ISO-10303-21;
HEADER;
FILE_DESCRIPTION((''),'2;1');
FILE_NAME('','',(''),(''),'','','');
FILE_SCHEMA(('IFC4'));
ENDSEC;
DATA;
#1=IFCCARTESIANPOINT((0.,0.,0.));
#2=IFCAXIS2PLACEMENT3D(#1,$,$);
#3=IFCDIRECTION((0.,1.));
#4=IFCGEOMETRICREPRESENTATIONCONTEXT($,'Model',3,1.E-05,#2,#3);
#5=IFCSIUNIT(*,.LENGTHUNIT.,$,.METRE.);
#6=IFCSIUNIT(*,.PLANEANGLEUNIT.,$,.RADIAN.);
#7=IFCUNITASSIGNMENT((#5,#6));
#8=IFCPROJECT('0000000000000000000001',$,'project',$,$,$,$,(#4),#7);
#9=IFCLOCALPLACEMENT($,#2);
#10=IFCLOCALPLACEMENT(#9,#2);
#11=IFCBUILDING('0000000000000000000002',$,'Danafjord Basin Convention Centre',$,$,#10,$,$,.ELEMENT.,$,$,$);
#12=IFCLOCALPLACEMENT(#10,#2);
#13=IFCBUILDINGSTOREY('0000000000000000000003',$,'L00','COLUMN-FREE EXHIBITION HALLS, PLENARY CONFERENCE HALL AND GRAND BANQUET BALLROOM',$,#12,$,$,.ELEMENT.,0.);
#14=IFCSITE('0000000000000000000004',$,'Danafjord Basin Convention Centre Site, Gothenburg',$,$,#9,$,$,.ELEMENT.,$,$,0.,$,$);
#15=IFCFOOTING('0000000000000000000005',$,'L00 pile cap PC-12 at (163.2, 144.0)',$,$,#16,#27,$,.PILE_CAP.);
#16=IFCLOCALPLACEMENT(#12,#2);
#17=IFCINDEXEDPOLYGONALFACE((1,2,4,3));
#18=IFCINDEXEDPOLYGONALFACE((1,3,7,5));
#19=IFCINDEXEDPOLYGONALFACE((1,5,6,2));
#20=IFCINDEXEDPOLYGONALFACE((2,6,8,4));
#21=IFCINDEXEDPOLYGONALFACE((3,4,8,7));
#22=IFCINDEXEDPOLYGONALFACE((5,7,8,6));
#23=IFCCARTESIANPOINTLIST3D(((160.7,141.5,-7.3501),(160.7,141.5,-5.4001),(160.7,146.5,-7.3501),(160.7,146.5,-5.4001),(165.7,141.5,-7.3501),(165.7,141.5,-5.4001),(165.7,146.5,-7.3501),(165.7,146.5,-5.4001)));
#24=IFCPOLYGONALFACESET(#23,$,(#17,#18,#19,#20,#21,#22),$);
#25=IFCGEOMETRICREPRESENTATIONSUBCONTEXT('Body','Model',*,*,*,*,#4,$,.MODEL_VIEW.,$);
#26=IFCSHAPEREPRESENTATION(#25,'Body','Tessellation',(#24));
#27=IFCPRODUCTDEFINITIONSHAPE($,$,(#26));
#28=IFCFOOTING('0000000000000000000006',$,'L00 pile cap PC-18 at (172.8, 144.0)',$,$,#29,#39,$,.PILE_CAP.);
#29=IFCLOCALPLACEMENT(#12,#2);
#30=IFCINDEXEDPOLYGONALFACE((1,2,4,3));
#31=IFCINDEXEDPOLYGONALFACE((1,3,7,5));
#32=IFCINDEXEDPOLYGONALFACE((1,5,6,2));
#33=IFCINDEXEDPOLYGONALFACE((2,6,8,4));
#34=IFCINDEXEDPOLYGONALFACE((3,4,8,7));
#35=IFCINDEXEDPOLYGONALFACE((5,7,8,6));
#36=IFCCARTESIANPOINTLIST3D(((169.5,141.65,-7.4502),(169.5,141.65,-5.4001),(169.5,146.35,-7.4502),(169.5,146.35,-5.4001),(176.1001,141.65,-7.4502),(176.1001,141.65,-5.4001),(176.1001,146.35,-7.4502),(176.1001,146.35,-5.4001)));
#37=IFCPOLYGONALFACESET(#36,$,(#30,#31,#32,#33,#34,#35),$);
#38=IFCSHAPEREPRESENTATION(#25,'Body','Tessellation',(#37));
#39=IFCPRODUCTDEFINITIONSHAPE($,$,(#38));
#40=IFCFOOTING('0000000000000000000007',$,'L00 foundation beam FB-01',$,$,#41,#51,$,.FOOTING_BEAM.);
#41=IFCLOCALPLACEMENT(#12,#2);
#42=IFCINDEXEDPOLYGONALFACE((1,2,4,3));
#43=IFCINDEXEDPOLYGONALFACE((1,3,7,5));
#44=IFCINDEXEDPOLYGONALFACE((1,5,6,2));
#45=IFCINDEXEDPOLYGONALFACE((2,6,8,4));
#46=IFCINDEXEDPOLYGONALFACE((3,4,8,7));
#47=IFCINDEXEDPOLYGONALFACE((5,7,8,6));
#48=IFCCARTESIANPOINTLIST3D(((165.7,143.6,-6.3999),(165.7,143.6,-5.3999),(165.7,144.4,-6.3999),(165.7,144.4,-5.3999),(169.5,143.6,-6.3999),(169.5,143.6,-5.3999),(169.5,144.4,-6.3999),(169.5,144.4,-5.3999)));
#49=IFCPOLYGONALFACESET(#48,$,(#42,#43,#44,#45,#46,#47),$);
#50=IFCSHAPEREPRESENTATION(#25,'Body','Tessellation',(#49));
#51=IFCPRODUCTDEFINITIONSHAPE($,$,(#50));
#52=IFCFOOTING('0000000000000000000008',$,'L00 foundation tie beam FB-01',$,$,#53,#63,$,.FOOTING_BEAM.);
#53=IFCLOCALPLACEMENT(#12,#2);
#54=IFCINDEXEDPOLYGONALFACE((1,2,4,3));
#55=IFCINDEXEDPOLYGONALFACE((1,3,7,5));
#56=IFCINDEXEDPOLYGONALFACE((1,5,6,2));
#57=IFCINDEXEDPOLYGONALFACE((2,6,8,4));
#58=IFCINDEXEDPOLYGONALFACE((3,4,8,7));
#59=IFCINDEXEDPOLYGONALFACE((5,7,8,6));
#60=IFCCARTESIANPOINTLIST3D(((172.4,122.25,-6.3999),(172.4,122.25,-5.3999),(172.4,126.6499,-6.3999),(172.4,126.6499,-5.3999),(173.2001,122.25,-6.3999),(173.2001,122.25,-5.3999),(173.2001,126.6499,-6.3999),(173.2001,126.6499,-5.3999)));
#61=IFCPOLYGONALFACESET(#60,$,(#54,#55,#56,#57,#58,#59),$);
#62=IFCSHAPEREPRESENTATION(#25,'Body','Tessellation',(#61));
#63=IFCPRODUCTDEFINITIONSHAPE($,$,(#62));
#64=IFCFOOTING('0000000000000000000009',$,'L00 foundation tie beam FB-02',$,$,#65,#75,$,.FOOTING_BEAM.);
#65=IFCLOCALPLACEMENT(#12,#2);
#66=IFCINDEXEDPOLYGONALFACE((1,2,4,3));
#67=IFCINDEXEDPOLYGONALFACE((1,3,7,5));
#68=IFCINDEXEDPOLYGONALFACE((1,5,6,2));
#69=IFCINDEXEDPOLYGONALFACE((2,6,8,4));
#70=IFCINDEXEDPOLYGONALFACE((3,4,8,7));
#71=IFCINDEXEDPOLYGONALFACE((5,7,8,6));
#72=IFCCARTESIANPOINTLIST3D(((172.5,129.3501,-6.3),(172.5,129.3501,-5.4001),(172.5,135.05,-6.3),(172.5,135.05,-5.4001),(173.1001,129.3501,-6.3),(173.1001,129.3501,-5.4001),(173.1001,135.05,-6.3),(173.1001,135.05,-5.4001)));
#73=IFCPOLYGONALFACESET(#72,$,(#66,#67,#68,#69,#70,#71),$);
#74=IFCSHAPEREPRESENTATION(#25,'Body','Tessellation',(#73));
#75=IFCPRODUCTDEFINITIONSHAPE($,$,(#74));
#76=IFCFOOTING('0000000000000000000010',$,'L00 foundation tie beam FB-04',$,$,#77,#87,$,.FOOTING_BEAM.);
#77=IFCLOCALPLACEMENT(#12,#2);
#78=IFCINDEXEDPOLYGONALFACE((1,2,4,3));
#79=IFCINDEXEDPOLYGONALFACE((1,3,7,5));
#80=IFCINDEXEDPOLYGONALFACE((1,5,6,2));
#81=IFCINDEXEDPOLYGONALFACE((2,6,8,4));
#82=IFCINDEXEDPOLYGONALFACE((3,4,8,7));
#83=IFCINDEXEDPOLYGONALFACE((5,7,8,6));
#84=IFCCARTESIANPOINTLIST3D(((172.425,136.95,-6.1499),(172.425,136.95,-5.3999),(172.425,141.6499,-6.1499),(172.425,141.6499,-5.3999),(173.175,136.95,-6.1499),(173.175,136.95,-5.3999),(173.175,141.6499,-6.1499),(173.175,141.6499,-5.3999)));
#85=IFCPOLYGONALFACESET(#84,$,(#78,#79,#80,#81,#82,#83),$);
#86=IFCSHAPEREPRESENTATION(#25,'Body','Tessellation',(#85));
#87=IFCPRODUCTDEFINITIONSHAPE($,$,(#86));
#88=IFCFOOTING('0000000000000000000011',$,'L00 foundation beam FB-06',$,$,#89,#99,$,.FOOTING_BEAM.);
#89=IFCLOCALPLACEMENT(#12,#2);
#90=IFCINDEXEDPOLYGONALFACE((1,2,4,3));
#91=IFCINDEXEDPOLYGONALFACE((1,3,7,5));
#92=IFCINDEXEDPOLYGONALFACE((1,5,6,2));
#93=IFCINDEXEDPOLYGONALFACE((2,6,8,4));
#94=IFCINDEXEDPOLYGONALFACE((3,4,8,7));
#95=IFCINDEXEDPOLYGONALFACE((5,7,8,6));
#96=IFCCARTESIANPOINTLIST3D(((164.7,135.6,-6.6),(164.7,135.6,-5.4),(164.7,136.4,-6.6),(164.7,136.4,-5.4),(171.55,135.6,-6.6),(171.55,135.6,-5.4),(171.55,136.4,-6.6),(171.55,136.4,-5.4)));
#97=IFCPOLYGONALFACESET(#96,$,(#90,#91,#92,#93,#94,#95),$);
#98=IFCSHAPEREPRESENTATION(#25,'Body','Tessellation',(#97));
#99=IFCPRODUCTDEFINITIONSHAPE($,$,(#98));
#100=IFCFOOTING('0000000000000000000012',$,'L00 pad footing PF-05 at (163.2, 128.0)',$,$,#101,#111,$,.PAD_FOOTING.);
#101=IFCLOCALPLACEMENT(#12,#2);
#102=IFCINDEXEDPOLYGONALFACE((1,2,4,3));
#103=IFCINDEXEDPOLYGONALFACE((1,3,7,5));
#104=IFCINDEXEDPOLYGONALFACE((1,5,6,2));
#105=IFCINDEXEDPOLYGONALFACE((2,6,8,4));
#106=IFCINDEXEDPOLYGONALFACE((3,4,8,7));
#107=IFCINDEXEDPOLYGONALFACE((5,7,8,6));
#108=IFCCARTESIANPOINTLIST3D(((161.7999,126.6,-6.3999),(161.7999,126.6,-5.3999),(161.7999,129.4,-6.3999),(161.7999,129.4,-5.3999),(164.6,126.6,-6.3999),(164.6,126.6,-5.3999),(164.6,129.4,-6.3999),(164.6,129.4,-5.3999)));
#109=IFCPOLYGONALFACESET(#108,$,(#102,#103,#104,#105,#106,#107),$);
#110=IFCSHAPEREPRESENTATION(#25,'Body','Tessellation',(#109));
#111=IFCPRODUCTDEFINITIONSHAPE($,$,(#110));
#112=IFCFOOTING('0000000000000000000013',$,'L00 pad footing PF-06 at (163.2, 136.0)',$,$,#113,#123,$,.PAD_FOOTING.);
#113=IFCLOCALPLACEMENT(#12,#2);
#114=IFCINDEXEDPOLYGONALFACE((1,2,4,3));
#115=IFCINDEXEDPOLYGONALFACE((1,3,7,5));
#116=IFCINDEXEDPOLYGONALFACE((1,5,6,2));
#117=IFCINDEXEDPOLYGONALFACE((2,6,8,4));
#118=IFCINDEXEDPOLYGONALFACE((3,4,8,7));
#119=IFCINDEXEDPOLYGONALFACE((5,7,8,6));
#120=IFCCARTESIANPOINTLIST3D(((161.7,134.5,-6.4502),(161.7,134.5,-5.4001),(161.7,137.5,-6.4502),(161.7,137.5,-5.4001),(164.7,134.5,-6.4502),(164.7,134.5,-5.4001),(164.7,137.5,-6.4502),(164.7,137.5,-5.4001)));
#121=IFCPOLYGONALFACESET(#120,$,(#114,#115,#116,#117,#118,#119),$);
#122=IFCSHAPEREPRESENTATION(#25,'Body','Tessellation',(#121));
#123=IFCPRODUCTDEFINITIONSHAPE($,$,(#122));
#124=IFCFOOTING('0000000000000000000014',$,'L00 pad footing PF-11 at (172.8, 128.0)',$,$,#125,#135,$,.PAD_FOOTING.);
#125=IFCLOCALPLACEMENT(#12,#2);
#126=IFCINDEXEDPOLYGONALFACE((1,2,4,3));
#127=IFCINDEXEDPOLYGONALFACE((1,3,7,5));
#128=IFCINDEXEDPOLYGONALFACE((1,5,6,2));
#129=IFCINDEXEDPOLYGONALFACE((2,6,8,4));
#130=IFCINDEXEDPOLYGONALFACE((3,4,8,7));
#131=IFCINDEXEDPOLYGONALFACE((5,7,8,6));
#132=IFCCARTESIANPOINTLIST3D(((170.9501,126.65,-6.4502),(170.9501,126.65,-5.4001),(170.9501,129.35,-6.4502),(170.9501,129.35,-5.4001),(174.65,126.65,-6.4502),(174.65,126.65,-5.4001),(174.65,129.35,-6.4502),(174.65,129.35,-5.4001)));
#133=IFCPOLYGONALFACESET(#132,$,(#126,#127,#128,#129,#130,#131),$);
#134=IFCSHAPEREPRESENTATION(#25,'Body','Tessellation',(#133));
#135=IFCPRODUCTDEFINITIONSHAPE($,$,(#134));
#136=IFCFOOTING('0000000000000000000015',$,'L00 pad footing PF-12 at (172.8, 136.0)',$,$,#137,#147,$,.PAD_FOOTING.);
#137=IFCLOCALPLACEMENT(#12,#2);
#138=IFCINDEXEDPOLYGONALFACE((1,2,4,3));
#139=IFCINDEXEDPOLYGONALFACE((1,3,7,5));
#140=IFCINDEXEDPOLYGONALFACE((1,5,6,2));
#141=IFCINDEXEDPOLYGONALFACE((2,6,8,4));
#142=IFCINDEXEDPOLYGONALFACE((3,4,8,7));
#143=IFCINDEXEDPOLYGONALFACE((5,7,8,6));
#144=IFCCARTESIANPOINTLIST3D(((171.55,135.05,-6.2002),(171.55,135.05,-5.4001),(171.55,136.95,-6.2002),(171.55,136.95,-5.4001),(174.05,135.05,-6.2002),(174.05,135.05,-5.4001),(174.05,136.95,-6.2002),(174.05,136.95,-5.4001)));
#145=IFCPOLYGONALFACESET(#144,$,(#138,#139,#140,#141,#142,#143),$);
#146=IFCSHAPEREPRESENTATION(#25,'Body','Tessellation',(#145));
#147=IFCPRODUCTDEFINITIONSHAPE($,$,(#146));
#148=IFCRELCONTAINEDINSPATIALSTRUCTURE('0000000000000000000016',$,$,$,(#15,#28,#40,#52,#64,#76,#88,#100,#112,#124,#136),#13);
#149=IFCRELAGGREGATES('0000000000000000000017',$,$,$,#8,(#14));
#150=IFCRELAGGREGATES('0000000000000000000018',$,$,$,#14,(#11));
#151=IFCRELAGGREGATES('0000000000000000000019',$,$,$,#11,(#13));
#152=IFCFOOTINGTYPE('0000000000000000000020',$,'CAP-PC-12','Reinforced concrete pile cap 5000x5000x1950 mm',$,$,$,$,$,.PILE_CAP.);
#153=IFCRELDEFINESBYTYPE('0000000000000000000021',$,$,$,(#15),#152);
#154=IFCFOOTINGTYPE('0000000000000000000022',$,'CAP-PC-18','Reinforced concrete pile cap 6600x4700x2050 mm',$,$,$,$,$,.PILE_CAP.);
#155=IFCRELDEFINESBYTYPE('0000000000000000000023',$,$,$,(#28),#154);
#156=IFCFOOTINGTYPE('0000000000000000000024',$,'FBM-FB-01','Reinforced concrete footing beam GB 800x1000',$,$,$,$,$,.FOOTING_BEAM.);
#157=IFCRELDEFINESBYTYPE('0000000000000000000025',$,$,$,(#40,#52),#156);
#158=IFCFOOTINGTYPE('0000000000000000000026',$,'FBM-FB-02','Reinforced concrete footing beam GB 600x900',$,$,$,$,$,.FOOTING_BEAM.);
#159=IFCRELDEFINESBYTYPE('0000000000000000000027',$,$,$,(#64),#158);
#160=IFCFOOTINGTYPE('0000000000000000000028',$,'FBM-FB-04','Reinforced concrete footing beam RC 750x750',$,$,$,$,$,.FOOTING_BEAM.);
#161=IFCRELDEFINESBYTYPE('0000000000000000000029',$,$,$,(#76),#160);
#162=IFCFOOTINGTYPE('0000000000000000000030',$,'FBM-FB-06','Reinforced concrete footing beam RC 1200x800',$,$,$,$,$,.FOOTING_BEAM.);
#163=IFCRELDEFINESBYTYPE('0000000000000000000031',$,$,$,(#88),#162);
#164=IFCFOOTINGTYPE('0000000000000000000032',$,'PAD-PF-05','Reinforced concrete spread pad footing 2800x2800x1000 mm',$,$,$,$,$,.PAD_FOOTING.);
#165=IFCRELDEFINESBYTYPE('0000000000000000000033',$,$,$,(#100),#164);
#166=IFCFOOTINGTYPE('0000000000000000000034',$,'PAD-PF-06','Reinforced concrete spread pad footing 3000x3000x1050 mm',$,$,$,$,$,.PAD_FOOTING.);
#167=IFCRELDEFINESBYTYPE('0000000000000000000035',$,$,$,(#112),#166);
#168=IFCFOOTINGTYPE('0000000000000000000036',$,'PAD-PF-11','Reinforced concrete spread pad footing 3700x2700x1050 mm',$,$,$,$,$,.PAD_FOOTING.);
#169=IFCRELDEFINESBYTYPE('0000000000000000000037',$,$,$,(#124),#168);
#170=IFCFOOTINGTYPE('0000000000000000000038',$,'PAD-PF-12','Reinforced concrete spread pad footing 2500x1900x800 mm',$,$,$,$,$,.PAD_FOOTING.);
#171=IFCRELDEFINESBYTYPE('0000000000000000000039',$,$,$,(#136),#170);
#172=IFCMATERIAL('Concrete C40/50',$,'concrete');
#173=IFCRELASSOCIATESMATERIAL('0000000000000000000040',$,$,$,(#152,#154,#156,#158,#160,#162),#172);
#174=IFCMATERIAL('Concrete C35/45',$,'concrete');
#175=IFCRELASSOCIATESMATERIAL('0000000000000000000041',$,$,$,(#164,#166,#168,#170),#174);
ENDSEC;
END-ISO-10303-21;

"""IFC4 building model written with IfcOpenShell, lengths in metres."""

from ifc_helpers import new_model, si_unit, direction, frame, origin, origin_2d, place, context, subcontext, project, spatial, rectangle, extrude, material, material_profile, profile_set, type_object, element, save


model = new_model("IFC4")

# Units and contexts
model_context = context("Model", 3, precision=1e-05, world=origin(), true_north=direction((0.0, 1.0)))
body_context = subcontext(model_context, "Body", "Model", "MODEL_VIEW")
ifc_project = project(units=[si_unit("LENGTHUNIT", "METRE"), si_unit("PLANEANGLEUNIT", "RADIAN")], contexts=[model_context])

# Site, building, storey
site_placement = place(None, origin())
site = spatial("IfcSite", under=ifc_project, at=site_placement, Name="Danafjord Basin Convention Centre Site, Gothenburg", CompositionType="ELEMENT", RefElevation=0.0)
building_placement = place(site_placement, origin())
building = spatial("IfcBuilding", under=site, at=building_placement, Name="Danafjord Basin Convention Centre", CompositionType="ELEMENT")
storey_placement = place(building_placement, origin())
storey = spatial("IfcBuildingStorey", under=building, at=storey_placement, Name="L00", Description="COLUMN-FREE EXHIBITION HALLS, PLENARY CONFERENCE HALL AND GRAND BANQUET BALLROOM", CompositionType="ELEMENT", Elevation=0.0)

# Footings
ifc_material_1 = material(Name="Concrete C40/50", Category="concrete")
footing_type_1 = type_object("IfcFootingType", Name="CAP-PC-12", Description="Reinforced concrete pile cap 5000x5000x1950 mm", PredefinedType="PILE_CAP", material=ifc_material_1)
footing_1_placement = place(storey_placement, frame((163.2, 144.0, -7.3501), z_axis=(0.0, 0.0, 1.0), x_axis=(1.0, 0.0, 0.0)))
element("IfcFooting", 1, at=footing_1_placement, inside=storey, type_object=footing_type_1, Name="L00 pile cap PC-12 at (163.2, 144.0)", PredefinedType="PILE_CAP", context=body_context, shape_type="SweptSolid", body=[
    extrude(rectangle(XDim=5.0, YDim=5.0, at=origin_2d()), origin(), (0.0, 0.0, 1.0), 1.95),
])
footing_type_2 = type_object("IfcFootingType", Name="CAP-PC-18", Description="Reinforced concrete pile cap 6600x4700x2050 mm", PredefinedType="PILE_CAP", material=ifc_material_1)
footing_2_placement = place(storey_placement, frame((172.8, 144.0, -7.4502), z_axis=(0.0, 0.0, 1.0), x_axis=(1.0, 0.0, 0.0)))
element("IfcFooting", 2, at=footing_2_placement, inside=storey, type_object=footing_type_2, Name="L00 pile cap PC-18 at (172.8, 144.0)", PredefinedType="PILE_CAP", context=body_context, shape_type="SweptSolid", body=[
    extrude(rectangle(XDim=6.6001, YDim=4.7, at=origin_2d()), origin(), (0.0, 0.0, 1.0), 2.05),
])
ifc_material_profile_1 = material_profile(ifc_material_1, rectangle(XDim=0.8, YDim=1.0, at=origin_2d()), Name="GB 800x1000")
ifc_profile_set_1 = profile_set([ifc_material_profile_1], Name="Concrete C40/50")
footing_type_3 = type_object("IfcFootingType", Name="FBM-FB-01", Description="Reinforced concrete footing beam GB 800x1000", PredefinedType="FOOTING_BEAM", material=ifc_profile_set_1)
footing_3_placement = place(storey_placement, frame((165.7, 144.0, -5.8999), z_axis=(1.0, 0.0, 0.0), x_axis=(0.0, 1.0, 0.0)))
element("IfcFooting", 3, at=footing_3_placement, inside=storey, type_object=footing_type_3, Name="L00 foundation beam FB-01", PredefinedType="FOOTING_BEAM", context=body_context, shape_type="SweptSolid", body=[
    extrude(rectangle(XDim=0.8, YDim=1.0, at=origin_2d()), origin(), (0.0, 0.0, 1.0), 3.8),
])
footing_4_placement = place(storey_placement, frame((172.8, 122.25, -5.8999), z_axis=(0.0, 1.0, 0.0), x_axis=(-1.0, 0.0, 0.0)))
element("IfcFooting", 4, at=footing_4_placement, inside=storey, type_object=footing_type_3, Name="L00 foundation tie beam FB-01", PredefinedType="FOOTING_BEAM", context=body_context, shape_type="SweptSolid", body=[
    extrude(rectangle(XDim=0.8, YDim=1.0, at=origin_2d()), origin(), (0.0, 0.0, 1.0), 4.3999),
])
ifc_material_profile_2 = material_profile(ifc_material_1, rectangle(XDim=0.6001, YDim=0.8999, at=origin_2d()), Name="GB 600x900")
ifc_profile_set_2 = profile_set([ifc_material_profile_2], Name="Concrete C40/50")
footing_type_4 = type_object("IfcFootingType", Name="FBM-FB-02", Description="Reinforced concrete footing beam GB 600x900", PredefinedType="FOOTING_BEAM", material=ifc_profile_set_2)
footing_5_placement = place(storey_placement, frame((172.8, 129.3501, -5.8501), z_axis=(0.0, 1.0, 0.0), x_axis=(-1.0, 0.0, 0.0)))
element("IfcFooting", 5, at=footing_5_placement, inside=storey, type_object=footing_type_4, Name="L00 foundation tie beam FB-02", PredefinedType="FOOTING_BEAM", context=body_context, shape_type="SweptSolid", body=[
    extrude(rectangle(XDim=0.6001, YDim=0.8999, at=origin_2d()), origin(), (0.0, 0.0, 1.0), 5.7),
])
ifc_material_profile_3 = material_profile(ifc_material_1, rectangle(XDim=0.75, YDim=0.75, at=origin_2d()), Name="RC 750x750")
ifc_profile_set_3 = profile_set([ifc_material_profile_3], Name="Concrete C40/50")
footing_type_5 = type_object("IfcFootingType", Name="FBM-FB-04", Description="Reinforced concrete footing beam RC 750x750", PredefinedType="FOOTING_BEAM", material=ifc_profile_set_3)
footing_6_placement = place(storey_placement, frame((172.8, 136.95, -5.7749), z_axis=(0.0, 1.0, 0.0), x_axis=(-1.0, 0.0, 0.0)))
element("IfcFooting", 6, at=footing_6_placement, inside=storey, type_object=footing_type_5, Name="L00 foundation tie beam FB-04", PredefinedType="FOOTING_BEAM", context=body_context, shape_type="SweptSolid", body=[
    extrude(rectangle(XDim=0.75, YDim=0.75, at=origin_2d()), origin(), (0.0, 0.0, 1.0), 4.7),
])
ifc_material_profile_4 = material_profile(ifc_material_1, rectangle(XDim=0.8, YDim=1.2, at=origin_2d()), Name="RC 1200x800")
ifc_profile_set_4 = profile_set([ifc_material_profile_4], Name="Concrete C40/50")
footing_type_6 = type_object("IfcFootingType", Name="FBM-FB-06", Description="Reinforced concrete footing beam RC 1200x800", PredefinedType="FOOTING_BEAM", material=ifc_profile_set_4)
footing_7_placement = place(storey_placement, frame((164.7, 136.0, -6.0), z_axis=(1.0, 0.0, 0.0), x_axis=(0.0, 1.0, 0.0)))
element("IfcFooting", 7, at=footing_7_placement, inside=storey, type_object=footing_type_6, Name="L00 foundation beam FB-06", PredefinedType="FOOTING_BEAM", context=body_context, shape_type="SweptSolid", body=[
    extrude(rectangle(XDim=0.8, YDim=1.2, at=origin_2d()), origin(), (0.0, 0.0, 1.0), 6.8501),
])
ifc_material_2 = material(Name="Concrete C35/45", Category="concrete")
footing_type_7 = type_object("IfcFootingType", Name="PAD-PF-05", Description="Reinforced concrete spread pad footing 2800x2800x1000 mm", PredefinedType="PAD_FOOTING", material=ifc_material_2)
footing_8_placement = place(storey_placement, frame((163.2, 128.0, -6.3999), z_axis=(0.0, 0.0, 1.0), x_axis=(1.0, 0.0, 0.0)))
element("IfcFooting", 8, at=footing_8_placement, inside=storey, type_object=footing_type_7, Name="L00 pad footing PF-05 at (163.2, 128.0)", PredefinedType="PAD_FOOTING", context=body_context, shape_type="SweptSolid", body=[
    extrude(rectangle(XDim=2.8, YDim=2.8, at=origin_2d()), origin(), (0.0, 0.0, 1.0), 1.0),
])
footing_type_8 = type_object("IfcFootingType", Name="PAD-PF-06", Description="Reinforced concrete spread pad footing 3000x3000x1050 mm", PredefinedType="PAD_FOOTING", material=ifc_material_2)
footing_9_placement = place(storey_placement, frame((163.2, 136.0, -6.4502), z_axis=(0.0, 0.0, 1.0), x_axis=(1.0, 0.0, 0.0)))
element("IfcFooting", 9, at=footing_9_placement, inside=storey, type_object=footing_type_8, Name="L00 pad footing PF-06 at (163.2, 136.0)", PredefinedType="PAD_FOOTING", context=body_context, shape_type="SweptSolid", body=[
    extrude(rectangle(XDim=3.0, YDim=3.0, at=origin_2d()), origin(), (0.0, 0.0, 1.0), 1.05),
])
footing_type_9 = type_object("IfcFootingType", Name="PAD-PF-11", Description="Reinforced concrete spread pad footing 3700x2700x1050 mm", PredefinedType="PAD_FOOTING", material=ifc_material_2)
footing_10_placement = place(storey_placement, frame((172.8, 128.0, -6.4502), z_axis=(0.0, 0.0, 1.0), x_axis=(1.0, 0.0, 0.0)))
element("IfcFooting", 10, at=footing_10_placement, inside=storey, type_object=footing_type_9, Name="L00 pad footing PF-11 at (172.8, 128.0)", PredefinedType="PAD_FOOTING", context=body_context, shape_type="SweptSolid", body=[
    extrude(rectangle(XDim=3.7, YDim=2.7, at=origin_2d()), origin(), (0.0, 0.0, 1.0), 1.05),
])
footing_type_10 = type_object("IfcFootingType", Name="PAD-PF-12", Description="Reinforced concrete spread pad footing 2500x1900x800 mm", PredefinedType="PAD_FOOTING", material=ifc_material_2)
footing_11_placement = place(storey_placement, frame((172.8, 136.0, -6.2002), z_axis=(0.0, 0.0, 1.0), x_axis=(1.0, 0.0, 0.0)))
element("IfcFooting", 11, at=footing_11_placement, inside=storey, type_object=footing_type_10, Name="L00 pad footing PF-12 at (172.8, 136.0)", PredefinedType="PAD_FOOTING", context=body_context, shape_type="SweptSolid", body=[
    extrude(rectangle(XDim=2.5, YDim=1.8999, at=origin_2d()), origin(), (0.0, 0.0, 1.0), 0.8),
])

save(model, "model.ifc")
